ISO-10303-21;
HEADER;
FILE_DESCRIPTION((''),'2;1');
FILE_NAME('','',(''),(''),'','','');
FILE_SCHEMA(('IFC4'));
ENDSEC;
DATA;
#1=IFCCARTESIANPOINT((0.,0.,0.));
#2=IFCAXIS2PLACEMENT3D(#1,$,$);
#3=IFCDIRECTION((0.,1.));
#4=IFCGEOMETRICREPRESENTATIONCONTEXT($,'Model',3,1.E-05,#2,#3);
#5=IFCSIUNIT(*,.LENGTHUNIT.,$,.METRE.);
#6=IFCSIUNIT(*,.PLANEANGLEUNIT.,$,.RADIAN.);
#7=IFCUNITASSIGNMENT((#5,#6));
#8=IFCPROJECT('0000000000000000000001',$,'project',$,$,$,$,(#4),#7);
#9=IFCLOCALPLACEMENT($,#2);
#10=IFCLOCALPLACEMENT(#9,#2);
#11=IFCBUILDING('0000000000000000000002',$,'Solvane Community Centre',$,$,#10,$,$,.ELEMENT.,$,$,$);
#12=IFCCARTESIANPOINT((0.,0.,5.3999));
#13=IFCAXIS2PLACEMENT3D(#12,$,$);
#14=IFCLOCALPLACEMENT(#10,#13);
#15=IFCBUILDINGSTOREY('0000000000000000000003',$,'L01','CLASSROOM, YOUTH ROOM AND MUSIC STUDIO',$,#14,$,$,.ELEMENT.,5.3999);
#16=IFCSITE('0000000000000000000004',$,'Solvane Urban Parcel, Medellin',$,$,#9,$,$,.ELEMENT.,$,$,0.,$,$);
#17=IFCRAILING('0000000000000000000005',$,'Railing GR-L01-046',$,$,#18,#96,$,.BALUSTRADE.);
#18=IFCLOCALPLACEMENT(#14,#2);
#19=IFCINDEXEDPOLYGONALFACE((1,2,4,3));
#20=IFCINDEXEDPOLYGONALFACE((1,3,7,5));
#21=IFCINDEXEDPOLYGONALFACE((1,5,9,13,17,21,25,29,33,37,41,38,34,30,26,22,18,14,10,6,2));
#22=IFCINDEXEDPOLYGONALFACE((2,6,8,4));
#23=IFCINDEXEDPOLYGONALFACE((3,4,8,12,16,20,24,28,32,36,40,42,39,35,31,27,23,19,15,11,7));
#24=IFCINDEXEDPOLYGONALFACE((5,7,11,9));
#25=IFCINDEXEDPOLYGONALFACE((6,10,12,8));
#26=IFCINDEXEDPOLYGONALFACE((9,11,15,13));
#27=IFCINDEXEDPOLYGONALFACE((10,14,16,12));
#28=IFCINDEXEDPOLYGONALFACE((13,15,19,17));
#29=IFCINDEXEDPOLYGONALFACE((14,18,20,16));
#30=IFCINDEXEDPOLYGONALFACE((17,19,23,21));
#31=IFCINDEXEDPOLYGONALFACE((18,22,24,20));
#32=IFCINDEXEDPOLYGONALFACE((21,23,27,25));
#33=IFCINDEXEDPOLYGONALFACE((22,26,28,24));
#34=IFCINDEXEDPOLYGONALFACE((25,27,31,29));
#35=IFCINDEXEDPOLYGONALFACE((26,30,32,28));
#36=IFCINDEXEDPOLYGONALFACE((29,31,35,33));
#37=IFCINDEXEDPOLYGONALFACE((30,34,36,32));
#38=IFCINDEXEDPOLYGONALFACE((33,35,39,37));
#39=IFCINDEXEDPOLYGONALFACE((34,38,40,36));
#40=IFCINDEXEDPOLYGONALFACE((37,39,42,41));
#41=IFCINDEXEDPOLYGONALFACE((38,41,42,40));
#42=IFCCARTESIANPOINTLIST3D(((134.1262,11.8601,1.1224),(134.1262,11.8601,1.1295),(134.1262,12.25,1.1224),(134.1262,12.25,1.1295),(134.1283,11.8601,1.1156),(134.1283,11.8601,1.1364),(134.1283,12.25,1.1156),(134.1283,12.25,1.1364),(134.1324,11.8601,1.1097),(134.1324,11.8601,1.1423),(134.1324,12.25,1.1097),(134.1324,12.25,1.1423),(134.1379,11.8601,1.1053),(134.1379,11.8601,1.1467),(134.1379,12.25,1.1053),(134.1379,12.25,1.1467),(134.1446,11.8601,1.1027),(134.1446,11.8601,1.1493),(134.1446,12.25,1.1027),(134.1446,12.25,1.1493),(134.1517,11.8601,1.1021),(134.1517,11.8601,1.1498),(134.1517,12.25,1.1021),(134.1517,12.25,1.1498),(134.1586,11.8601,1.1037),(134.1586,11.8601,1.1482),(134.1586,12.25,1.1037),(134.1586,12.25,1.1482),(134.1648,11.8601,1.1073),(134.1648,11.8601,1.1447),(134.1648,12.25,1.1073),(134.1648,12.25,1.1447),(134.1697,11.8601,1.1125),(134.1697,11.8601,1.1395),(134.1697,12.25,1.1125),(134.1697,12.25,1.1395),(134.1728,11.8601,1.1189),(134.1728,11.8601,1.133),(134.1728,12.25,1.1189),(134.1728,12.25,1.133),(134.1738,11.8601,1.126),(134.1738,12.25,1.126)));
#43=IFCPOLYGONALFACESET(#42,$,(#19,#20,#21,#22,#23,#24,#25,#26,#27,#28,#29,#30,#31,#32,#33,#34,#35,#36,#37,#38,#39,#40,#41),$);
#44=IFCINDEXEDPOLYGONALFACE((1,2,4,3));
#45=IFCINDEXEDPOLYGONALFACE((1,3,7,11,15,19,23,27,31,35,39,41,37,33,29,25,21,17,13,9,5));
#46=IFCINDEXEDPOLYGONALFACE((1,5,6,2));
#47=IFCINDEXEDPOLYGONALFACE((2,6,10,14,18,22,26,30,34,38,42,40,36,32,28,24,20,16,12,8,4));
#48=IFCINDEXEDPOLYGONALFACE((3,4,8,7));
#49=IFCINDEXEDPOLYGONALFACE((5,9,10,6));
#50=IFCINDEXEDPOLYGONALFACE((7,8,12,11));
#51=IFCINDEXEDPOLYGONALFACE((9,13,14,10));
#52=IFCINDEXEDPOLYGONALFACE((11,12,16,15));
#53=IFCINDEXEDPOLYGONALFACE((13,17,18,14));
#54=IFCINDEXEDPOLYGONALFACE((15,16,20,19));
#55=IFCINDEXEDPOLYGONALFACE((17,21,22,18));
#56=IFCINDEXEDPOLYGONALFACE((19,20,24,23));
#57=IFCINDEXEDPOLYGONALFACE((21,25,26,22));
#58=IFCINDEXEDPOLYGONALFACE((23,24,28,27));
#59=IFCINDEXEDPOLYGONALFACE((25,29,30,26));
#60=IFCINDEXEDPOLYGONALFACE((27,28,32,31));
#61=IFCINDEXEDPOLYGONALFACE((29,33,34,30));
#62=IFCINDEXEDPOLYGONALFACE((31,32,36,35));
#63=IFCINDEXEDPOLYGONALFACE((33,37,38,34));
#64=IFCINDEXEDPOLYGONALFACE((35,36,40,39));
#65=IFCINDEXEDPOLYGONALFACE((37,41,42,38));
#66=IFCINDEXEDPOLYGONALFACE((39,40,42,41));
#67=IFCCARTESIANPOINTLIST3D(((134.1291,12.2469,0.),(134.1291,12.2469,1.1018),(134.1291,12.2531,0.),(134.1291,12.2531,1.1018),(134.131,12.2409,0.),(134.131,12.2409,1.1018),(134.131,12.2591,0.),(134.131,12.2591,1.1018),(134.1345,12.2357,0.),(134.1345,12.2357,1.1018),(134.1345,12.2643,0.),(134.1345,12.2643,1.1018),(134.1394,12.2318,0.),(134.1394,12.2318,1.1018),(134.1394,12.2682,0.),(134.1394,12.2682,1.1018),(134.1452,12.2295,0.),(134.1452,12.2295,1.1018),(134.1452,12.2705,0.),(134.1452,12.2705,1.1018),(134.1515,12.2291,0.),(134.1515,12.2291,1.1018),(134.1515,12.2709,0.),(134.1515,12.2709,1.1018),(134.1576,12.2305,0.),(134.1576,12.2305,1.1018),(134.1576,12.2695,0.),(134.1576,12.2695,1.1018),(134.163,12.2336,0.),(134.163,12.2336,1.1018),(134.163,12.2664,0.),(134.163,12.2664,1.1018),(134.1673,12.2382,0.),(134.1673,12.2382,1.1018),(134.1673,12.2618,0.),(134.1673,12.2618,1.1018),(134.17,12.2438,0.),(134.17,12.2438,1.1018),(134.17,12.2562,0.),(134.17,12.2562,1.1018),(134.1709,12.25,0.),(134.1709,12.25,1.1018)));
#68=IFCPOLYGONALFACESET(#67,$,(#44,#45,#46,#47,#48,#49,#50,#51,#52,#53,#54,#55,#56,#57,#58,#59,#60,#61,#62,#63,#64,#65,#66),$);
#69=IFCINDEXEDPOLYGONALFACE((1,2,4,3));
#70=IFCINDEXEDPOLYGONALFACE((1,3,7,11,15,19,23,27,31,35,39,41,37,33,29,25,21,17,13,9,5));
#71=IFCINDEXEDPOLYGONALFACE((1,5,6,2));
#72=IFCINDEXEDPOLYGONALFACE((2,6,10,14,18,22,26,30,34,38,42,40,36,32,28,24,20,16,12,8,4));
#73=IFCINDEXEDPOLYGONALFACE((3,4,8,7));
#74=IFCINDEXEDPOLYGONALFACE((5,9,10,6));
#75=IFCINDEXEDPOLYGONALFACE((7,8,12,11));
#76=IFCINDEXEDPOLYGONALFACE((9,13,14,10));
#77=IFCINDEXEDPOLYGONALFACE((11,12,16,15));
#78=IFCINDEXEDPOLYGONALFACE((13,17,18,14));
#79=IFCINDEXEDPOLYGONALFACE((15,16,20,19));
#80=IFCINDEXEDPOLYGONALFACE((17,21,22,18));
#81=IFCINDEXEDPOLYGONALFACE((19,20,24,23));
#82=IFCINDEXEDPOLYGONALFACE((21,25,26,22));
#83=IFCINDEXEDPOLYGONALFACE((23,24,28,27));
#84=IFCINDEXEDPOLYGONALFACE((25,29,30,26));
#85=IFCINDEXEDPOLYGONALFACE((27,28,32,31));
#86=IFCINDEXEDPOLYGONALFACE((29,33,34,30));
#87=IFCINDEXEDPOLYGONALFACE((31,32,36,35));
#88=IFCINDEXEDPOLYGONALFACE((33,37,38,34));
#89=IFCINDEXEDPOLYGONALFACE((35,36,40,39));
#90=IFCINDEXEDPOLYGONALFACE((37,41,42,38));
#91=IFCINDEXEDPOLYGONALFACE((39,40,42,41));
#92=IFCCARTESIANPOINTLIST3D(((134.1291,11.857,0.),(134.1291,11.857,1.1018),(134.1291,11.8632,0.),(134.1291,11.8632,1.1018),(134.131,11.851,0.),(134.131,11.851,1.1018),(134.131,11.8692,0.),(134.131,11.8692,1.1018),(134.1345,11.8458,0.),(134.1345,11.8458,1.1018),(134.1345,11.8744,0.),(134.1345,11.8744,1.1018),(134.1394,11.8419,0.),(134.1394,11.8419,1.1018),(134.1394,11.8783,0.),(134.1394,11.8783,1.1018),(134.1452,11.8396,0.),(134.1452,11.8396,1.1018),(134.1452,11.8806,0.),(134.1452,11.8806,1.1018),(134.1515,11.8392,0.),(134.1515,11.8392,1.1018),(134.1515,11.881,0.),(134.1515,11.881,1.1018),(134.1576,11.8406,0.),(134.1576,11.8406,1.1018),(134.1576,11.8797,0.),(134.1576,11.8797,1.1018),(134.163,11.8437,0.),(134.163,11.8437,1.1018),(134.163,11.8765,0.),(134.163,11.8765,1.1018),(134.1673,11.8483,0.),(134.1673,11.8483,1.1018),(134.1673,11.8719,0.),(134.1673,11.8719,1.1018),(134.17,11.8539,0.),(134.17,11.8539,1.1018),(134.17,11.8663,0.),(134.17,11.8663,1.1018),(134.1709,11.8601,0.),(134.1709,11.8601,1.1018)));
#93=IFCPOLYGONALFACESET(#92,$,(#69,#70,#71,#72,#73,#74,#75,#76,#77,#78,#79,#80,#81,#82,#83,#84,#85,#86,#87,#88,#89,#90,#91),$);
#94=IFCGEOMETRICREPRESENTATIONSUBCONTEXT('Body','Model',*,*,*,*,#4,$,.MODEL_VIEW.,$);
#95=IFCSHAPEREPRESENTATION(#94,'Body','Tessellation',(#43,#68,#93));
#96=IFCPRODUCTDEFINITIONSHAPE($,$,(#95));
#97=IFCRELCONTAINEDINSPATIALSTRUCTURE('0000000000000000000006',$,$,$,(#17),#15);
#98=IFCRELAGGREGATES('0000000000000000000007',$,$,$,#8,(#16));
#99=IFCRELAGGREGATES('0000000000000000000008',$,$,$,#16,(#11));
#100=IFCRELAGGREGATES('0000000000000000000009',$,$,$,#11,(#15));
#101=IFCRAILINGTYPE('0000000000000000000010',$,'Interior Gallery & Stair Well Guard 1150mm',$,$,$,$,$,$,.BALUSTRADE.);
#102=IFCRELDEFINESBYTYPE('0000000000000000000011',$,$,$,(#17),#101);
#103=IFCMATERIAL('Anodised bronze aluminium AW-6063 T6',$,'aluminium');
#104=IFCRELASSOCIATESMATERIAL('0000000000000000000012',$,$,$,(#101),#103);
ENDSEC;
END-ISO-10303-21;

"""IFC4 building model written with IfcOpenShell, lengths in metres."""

from ifc_helpers import new_model, si_unit, direction, frame, origin, origin_2d, place, context, subcontext, project, spatial, circle, extrude, material, type_object, element, save


model = new_model("IFC4")

# Units and contexts
model_context = context("Model", 3, precision=1e-05, world=origin(), true_north=direction((0.0, 1.0)))
body_context = subcontext(model_context, "Body", "Model", "MODEL_VIEW")
ifc_project = project(units=[si_unit("LENGTHUNIT", "METRE"), si_unit("PLANEANGLEUNIT", "RADIAN")], contexts=[model_context])

# Site, building, storey
site_placement = place(None, origin())
site = spatial("IfcSite", under=ifc_project, at=site_placement, Name="Solvane Urban Parcel, Medellin", CompositionType="ELEMENT", RefElevation=0.0)
building_placement = place(site_placement, origin())
building = spatial("IfcBuilding", under=site, at=building_placement, Name="Solvane Community Centre", CompositionType="ELEMENT")
storey_placement = place(building_placement, frame((0.0, 0.0, 5.3999)))
storey = spatial("IfcBuildingStorey", under=building, at=storey_placement, Name="L01", Description="CLASSROOM, YOUTH ROOM AND MUSIC STUDIO", CompositionType="ELEMENT", Elevation=5.3999)

# Shared definitions
ifc_material_1 = material(Name="Anodised bronze aluminium AW-6063 T6", Category="aluminium")

# Railing
railing_type_1 = type_object("IfcRailingType", Name="Interior Gallery & Stair Well Guard 1150mm", PredefinedType="BALUSTRADE", material=ifc_material_1)
railing_1_placement = place(storey_placement, frame((134.1499, 12.25, 0.0)))
element("IfcRailing", 1, at=railing_1_placement, inside=storey, type_object=railing_type_1, Name="Railing GR-L01-046", PredefinedType="BALUSTRADE", context=body_context, shape_type="SweptSolid", body=[
    extrude(circle(Radius=0.0239, at=origin_2d()), frame((0.0, 0.0, 1.126), z_axis=(0.0, -1.0, 0.0), x_axis=(1.0, 0.0, 0.0)), (0.0, 0.0, 1.0), 0.3899),
    extrude(circle(Radius=0.021, at=origin_2d()), origin(), (0.0, 0.0, 1.0), 1.1018),
    extrude(circle(Radius=0.021, at=origin_2d()), frame((0.0, -0.3899, 0.0)), (0.0, 0.0, 1.0), 1.1018),
])

save(model, "model.ifc")
